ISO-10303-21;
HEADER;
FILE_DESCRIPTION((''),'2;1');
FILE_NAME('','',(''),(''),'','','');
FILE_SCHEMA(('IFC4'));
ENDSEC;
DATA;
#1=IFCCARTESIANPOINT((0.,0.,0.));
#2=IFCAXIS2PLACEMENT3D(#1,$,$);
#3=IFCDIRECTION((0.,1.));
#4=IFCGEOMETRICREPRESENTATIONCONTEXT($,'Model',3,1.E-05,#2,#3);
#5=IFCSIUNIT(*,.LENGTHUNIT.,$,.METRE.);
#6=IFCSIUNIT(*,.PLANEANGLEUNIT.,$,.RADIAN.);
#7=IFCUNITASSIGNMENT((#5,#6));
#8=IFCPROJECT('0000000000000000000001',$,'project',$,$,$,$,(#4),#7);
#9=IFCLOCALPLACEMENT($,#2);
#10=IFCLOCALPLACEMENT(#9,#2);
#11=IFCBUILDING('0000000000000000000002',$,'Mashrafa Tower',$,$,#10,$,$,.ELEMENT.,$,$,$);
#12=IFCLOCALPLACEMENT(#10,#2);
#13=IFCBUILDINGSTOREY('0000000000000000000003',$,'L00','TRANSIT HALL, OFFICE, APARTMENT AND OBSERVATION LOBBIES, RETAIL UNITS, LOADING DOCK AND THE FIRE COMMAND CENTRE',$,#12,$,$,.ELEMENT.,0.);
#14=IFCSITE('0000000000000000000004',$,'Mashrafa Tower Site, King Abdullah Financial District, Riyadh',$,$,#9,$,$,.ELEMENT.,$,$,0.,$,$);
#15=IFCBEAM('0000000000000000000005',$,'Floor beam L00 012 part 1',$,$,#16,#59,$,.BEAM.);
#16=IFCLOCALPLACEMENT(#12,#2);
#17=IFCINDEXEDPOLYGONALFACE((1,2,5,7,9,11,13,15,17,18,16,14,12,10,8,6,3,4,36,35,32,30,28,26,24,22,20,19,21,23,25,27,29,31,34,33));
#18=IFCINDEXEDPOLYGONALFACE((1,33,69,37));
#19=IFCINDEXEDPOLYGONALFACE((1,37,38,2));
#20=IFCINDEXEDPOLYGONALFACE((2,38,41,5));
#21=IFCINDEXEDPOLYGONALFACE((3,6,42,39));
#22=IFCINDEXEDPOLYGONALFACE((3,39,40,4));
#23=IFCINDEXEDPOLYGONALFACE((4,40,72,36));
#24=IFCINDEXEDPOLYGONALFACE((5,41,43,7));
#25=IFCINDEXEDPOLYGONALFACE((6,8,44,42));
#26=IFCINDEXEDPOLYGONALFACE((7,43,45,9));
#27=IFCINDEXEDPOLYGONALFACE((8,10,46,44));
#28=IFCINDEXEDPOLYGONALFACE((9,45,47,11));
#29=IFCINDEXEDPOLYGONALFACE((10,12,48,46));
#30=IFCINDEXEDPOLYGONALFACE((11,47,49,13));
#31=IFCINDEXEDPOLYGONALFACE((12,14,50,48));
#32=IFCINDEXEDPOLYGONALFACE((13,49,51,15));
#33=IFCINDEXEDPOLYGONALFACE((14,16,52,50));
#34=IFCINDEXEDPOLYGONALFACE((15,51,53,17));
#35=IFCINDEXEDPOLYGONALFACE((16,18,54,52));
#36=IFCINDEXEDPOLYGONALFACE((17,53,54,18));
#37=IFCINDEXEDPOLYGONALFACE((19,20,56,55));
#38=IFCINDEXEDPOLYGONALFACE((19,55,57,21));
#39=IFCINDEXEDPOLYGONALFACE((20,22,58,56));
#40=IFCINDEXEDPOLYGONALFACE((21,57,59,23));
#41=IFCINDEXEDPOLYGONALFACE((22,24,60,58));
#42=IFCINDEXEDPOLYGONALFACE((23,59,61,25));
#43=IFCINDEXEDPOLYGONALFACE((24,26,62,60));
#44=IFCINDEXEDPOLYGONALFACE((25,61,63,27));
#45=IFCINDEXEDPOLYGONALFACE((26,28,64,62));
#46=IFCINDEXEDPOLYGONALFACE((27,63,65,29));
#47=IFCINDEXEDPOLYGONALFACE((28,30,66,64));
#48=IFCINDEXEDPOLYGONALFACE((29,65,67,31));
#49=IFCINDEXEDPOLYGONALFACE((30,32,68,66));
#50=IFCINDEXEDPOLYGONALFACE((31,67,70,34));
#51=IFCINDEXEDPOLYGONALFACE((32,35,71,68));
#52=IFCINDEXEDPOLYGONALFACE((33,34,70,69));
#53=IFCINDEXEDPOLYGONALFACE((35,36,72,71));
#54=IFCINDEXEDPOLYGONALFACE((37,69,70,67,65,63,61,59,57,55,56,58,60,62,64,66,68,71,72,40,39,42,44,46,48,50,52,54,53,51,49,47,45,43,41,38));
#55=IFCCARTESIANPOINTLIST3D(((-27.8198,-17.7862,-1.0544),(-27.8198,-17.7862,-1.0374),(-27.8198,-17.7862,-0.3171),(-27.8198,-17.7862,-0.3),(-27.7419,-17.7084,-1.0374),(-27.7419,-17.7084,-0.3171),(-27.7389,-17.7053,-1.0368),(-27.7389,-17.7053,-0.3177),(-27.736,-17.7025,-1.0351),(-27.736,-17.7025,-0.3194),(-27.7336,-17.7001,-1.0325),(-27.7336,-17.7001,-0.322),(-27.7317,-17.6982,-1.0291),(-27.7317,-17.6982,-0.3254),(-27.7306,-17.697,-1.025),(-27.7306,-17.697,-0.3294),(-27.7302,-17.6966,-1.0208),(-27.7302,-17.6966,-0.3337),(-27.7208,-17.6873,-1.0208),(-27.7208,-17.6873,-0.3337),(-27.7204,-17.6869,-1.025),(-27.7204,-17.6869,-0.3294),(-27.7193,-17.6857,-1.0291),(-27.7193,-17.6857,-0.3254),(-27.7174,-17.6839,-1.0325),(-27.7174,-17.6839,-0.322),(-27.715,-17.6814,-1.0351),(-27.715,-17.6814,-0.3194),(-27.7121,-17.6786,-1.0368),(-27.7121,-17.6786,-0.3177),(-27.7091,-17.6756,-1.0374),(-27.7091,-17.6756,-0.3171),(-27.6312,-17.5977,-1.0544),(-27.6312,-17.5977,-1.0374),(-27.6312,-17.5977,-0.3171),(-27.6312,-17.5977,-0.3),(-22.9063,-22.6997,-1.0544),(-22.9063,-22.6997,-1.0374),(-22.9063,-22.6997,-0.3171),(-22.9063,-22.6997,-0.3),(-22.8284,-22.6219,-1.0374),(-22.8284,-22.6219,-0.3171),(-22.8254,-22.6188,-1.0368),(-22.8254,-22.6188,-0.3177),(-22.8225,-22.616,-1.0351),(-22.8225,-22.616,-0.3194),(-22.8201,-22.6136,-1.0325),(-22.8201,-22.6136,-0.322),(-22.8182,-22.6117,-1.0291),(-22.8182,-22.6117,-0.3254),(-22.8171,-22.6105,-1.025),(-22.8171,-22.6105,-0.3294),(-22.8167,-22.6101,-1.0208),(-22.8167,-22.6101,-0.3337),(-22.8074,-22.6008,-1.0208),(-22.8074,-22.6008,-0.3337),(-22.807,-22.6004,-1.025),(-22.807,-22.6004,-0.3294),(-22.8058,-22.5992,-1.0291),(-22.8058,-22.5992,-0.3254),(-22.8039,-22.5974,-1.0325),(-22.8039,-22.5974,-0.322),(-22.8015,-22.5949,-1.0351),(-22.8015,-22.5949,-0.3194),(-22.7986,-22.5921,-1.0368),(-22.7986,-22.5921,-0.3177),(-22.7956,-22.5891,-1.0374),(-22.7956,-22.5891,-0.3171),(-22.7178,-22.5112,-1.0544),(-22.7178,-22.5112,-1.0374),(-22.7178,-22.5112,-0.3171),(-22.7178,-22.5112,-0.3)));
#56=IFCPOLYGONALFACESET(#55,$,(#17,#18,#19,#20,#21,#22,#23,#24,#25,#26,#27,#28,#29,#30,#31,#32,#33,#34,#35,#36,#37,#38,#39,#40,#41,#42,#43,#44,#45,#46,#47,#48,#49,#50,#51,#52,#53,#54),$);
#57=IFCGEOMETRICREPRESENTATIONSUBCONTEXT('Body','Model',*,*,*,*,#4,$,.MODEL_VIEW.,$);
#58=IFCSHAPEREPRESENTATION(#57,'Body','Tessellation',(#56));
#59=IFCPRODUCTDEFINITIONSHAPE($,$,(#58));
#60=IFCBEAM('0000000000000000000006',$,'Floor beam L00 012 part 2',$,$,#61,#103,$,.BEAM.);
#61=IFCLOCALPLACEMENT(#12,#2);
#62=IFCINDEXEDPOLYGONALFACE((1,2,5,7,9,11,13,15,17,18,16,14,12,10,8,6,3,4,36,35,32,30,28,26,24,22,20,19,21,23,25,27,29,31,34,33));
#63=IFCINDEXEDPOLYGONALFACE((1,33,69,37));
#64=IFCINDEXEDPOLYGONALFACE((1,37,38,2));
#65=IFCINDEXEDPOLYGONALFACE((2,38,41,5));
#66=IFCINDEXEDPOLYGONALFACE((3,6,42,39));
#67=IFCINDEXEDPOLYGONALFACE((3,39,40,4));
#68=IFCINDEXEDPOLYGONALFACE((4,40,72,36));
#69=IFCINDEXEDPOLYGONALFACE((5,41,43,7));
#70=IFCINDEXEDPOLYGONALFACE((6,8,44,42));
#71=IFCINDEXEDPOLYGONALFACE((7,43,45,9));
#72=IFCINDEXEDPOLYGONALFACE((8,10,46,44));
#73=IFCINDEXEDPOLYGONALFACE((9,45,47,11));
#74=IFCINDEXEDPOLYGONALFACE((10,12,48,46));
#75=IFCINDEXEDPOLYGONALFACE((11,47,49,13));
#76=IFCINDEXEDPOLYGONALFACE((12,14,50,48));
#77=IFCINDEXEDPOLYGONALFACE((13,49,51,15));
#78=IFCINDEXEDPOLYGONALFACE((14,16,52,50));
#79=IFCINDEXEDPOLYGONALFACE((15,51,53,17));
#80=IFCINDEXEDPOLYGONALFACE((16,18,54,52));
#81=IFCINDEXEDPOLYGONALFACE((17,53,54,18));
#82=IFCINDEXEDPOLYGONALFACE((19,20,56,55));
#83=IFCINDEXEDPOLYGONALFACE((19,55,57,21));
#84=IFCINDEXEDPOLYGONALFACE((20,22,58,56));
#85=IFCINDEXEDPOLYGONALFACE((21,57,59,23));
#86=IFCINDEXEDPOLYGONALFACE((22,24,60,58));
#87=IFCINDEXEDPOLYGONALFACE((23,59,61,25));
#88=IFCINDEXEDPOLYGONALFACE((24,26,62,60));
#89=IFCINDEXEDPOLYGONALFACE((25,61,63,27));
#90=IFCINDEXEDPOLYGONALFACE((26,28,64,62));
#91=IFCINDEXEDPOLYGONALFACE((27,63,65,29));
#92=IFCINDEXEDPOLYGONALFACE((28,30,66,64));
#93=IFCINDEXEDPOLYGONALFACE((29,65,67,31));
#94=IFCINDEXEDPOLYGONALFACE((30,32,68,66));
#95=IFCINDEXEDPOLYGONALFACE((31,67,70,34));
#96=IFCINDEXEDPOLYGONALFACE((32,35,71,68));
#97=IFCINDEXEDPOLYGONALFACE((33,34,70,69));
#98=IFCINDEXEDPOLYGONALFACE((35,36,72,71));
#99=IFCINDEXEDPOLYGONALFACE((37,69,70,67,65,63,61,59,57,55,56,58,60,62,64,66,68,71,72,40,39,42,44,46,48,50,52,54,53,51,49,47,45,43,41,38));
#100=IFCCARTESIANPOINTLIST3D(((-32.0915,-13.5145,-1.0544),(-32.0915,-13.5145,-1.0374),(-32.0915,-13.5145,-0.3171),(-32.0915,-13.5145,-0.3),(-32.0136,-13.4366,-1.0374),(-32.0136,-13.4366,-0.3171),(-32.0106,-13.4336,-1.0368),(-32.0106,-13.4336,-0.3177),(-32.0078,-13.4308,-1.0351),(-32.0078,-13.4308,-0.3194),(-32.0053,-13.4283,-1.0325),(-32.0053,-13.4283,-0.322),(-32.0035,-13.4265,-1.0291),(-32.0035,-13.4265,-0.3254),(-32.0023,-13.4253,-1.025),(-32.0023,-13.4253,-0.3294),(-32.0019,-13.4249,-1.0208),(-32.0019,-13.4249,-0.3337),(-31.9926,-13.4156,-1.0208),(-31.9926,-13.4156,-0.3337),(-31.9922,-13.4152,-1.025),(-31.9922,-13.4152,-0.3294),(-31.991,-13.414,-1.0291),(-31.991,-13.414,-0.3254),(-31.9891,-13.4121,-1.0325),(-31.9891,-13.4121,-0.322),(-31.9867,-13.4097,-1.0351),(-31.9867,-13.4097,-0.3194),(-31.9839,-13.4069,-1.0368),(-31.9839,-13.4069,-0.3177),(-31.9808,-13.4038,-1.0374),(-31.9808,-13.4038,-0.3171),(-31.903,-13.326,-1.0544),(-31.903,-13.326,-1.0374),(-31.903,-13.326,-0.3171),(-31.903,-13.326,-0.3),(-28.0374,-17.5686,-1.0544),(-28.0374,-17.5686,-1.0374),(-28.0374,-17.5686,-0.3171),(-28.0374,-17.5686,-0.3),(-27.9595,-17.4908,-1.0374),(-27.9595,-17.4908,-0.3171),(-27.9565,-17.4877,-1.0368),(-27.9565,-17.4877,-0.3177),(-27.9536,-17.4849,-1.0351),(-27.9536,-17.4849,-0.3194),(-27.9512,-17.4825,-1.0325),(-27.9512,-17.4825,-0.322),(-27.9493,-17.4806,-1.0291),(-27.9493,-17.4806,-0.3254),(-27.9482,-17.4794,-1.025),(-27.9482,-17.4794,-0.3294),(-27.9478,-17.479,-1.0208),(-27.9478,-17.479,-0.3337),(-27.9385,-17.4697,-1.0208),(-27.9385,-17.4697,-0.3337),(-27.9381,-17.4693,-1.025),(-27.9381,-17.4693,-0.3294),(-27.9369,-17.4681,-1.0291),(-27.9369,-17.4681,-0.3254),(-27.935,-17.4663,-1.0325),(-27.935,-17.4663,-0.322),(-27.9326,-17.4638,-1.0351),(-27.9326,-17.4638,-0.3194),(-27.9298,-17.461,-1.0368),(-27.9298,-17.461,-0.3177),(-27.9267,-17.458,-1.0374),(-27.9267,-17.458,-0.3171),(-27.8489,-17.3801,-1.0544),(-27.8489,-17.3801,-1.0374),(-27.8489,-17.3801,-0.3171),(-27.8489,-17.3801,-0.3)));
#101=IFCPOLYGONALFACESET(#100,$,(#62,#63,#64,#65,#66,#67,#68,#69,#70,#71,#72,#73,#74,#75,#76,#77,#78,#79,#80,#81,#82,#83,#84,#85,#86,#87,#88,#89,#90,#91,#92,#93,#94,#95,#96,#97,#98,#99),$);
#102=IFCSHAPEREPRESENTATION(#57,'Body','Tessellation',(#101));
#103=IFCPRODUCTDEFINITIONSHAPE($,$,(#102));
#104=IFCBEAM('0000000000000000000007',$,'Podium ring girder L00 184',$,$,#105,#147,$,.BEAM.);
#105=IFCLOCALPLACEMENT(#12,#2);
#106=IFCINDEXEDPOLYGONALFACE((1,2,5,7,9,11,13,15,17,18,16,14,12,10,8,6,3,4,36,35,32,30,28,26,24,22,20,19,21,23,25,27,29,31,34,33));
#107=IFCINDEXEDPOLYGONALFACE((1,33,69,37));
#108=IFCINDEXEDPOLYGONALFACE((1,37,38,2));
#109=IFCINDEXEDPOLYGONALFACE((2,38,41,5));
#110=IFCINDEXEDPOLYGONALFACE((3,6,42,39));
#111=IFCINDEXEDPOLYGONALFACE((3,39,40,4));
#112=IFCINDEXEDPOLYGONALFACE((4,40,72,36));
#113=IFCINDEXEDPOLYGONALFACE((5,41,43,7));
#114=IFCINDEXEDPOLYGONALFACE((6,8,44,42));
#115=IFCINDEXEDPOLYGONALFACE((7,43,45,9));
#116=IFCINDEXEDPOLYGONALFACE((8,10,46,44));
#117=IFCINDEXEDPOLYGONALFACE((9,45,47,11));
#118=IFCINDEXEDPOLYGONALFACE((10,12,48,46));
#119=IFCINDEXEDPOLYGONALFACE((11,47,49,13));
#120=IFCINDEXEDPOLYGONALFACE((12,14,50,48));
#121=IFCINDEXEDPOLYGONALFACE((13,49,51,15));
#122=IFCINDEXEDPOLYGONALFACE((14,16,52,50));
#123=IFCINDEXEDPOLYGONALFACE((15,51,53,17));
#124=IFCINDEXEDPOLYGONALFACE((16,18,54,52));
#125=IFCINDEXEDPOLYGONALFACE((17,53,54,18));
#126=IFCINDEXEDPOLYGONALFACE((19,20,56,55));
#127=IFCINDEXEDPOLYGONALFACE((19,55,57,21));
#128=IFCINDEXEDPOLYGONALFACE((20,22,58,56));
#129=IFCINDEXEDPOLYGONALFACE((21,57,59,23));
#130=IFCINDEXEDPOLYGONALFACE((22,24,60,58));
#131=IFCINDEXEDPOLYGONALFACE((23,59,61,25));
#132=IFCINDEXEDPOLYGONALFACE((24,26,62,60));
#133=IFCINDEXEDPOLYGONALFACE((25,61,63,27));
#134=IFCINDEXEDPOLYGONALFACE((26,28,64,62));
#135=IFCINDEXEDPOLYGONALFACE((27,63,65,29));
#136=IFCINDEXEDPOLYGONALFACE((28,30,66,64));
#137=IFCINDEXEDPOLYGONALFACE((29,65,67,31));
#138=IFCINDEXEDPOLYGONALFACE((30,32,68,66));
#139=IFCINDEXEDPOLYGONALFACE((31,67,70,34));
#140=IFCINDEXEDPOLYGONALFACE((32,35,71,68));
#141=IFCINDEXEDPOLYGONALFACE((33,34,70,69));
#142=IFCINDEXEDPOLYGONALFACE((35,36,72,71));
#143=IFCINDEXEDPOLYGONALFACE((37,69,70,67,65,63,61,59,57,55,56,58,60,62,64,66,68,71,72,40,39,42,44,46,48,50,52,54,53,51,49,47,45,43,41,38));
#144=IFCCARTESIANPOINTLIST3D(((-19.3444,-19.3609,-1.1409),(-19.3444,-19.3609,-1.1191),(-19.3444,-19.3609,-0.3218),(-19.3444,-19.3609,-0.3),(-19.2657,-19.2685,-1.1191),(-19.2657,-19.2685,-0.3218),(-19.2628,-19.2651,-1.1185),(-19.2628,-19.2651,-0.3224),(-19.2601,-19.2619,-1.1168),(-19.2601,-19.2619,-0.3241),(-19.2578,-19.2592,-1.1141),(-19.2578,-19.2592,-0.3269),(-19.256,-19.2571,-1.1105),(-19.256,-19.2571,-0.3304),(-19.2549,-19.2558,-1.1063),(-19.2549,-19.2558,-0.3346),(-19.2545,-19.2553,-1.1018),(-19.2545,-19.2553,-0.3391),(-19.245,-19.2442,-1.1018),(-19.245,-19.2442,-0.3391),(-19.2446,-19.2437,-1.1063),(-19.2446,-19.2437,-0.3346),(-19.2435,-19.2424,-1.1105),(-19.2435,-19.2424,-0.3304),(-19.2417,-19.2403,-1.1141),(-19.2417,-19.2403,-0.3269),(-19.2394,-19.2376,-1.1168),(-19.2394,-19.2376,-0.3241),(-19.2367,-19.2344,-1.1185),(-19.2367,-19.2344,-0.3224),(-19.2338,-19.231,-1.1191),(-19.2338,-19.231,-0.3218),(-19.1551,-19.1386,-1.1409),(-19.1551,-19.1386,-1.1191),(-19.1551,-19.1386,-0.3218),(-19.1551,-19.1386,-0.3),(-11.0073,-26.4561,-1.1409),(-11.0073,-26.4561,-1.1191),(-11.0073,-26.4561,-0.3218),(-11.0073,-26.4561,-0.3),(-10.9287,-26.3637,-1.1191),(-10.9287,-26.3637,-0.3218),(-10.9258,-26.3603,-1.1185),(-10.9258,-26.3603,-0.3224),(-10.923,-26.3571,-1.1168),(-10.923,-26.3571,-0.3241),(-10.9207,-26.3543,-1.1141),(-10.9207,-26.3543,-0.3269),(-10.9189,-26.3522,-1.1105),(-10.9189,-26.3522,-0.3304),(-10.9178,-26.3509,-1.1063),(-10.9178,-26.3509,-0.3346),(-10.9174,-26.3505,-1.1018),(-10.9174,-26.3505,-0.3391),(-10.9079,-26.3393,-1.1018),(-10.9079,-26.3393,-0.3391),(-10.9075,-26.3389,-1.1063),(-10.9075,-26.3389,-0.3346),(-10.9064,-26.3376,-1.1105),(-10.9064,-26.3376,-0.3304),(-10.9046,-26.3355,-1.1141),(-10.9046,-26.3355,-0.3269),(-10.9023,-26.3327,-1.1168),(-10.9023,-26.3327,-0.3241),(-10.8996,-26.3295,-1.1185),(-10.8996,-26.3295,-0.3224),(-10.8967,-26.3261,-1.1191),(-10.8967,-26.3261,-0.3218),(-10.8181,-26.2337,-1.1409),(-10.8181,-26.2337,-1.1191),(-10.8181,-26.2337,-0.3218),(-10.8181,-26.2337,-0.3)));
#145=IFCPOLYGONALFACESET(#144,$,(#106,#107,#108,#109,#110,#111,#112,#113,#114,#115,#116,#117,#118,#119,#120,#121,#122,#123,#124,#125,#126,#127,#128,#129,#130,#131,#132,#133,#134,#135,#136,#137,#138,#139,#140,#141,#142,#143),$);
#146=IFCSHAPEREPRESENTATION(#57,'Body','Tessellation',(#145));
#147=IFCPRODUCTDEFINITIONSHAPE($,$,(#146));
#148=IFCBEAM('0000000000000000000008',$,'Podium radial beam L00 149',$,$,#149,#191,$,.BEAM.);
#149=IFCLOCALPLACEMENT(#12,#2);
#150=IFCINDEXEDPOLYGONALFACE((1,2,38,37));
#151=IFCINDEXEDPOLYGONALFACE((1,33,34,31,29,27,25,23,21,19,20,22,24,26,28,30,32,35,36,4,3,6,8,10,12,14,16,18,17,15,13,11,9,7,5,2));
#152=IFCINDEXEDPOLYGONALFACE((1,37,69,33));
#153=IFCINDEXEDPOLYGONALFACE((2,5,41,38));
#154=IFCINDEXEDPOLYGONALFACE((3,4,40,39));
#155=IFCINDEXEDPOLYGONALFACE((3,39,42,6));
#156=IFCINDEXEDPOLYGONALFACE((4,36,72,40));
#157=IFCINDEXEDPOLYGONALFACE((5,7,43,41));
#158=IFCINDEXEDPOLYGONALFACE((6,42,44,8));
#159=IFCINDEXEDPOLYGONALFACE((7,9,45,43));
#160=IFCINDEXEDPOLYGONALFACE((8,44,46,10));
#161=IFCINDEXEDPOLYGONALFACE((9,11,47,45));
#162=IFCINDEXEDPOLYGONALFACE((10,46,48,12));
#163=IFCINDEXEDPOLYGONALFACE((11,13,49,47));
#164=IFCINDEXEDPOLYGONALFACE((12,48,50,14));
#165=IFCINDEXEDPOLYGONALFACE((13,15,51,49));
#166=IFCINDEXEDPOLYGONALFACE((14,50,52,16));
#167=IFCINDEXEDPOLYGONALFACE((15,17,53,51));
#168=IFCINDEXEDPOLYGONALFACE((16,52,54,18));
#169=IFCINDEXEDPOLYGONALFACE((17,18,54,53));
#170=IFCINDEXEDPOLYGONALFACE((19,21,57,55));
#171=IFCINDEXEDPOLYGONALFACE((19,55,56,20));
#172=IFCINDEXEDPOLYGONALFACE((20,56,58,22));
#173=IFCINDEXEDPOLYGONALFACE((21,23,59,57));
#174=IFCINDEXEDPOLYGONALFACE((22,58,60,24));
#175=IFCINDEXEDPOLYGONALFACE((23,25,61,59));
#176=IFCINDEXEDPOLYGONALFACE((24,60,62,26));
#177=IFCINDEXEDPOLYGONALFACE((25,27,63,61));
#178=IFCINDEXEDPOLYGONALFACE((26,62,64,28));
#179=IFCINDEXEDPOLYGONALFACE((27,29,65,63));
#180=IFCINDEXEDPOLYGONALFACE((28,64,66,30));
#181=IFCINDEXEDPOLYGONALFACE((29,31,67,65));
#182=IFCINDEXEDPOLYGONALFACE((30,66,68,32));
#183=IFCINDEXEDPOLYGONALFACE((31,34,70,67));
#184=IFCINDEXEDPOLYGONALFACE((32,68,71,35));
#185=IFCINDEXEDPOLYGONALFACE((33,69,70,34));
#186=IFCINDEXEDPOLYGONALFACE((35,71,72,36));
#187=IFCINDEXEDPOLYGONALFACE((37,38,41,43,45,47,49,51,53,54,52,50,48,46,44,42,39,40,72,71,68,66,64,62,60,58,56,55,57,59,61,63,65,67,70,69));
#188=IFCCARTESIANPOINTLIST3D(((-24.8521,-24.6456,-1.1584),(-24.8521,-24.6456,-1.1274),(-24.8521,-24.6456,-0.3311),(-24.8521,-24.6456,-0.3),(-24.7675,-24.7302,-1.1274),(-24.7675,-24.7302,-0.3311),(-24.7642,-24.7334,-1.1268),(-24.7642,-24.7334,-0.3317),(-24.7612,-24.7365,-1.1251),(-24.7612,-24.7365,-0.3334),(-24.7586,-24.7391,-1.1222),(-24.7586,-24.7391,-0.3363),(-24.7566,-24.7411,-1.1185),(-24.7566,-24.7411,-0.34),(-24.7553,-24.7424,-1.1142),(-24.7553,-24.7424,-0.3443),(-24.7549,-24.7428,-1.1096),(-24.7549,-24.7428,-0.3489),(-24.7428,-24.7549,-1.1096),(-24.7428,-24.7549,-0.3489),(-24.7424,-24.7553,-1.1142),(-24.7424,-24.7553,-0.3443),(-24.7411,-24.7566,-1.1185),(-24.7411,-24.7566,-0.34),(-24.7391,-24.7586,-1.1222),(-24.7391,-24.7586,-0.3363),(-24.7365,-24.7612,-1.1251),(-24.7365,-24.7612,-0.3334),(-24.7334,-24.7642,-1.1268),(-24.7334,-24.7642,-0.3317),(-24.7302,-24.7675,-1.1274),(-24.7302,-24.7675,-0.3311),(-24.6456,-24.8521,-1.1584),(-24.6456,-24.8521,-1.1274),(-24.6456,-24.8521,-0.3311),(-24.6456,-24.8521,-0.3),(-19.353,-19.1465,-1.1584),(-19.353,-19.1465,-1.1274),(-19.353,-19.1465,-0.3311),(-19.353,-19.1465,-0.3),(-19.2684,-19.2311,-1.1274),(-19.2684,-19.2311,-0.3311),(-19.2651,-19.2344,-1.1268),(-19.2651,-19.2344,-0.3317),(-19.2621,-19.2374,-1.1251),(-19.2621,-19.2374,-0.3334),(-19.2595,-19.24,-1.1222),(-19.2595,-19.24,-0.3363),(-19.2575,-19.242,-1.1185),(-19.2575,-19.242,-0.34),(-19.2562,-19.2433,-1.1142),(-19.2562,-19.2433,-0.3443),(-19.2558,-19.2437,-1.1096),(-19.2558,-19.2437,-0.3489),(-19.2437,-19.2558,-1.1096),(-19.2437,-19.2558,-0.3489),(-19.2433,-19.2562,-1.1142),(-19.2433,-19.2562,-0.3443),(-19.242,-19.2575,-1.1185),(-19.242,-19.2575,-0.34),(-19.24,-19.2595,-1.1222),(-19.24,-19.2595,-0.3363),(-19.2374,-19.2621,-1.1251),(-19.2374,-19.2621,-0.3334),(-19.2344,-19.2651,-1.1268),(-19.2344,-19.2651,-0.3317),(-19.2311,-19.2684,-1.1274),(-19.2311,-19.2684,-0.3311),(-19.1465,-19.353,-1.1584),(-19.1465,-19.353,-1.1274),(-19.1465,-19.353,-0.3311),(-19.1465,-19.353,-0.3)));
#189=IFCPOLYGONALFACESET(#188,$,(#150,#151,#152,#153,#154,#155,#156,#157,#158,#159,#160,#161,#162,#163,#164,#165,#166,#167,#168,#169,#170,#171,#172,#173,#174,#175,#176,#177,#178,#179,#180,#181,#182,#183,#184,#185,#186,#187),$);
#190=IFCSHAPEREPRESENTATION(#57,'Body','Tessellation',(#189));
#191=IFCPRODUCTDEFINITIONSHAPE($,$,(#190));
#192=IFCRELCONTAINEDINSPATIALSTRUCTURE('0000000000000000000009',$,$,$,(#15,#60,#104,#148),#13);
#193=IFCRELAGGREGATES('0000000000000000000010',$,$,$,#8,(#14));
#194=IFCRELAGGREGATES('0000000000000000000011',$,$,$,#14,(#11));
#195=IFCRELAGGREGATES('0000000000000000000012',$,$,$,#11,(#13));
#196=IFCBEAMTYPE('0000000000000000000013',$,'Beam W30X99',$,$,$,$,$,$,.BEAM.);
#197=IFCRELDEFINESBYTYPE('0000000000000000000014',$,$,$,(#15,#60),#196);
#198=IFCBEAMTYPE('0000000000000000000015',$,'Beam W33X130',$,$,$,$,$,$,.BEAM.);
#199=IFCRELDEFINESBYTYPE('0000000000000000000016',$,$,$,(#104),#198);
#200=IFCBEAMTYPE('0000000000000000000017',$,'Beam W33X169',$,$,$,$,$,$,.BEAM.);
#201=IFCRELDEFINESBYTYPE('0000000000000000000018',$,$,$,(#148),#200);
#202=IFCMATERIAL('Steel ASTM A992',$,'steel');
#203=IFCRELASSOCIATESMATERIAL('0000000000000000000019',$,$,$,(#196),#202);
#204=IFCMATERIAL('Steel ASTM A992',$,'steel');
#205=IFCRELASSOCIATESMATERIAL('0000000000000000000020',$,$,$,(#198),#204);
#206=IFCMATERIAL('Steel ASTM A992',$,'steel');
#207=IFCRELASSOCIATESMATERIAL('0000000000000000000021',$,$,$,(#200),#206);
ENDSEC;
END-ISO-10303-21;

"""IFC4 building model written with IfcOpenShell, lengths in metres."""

from ifc_helpers import new_model, si_unit, direction, frame, origin, origin_2d, place, context, subcontext, project, spatial, i_section, extrude, material, material_profile, profile_set, type_object, element, save


model = new_model("IFC4")

# Units and contexts
model_context = context("Model", 3, precision=1e-05, world=origin(), true_north=direction((0.0, 1.0)))
body_context = subcontext(model_context, "Body", "Model", "MODEL_VIEW")
ifc_project = project(units=[si_unit("LENGTHUNIT", "METRE"), si_unit("PLANEANGLEUNIT", "RADIAN")], contexts=[model_context])

# Site, building, storey
site_placement = place(None, origin())
site = spatial("IfcSite", under=ifc_project, at=site_placement, Name="Mashrafa Tower Site, King Abdullah Financial District, Riyadh", CompositionType="ELEMENT", RefElevation=0.0)
building_placement = place(site_placement, origin())
building = spatial("IfcBuilding", under=site, at=building_placement, Name="Mashrafa Tower", CompositionType="ELEMENT")
storey_placement = place(building_placement, origin())
storey = spatial("IfcBuildingStorey", under=building, at=storey_placement, Name="L00", Description="TRANSIT HALL, OFFICE, APARTMENT AND OBSERVATION LOBBIES, RETAIL UNITS, LOADING DOCK AND THE FIRE COMMAND CENTRE", CompositionType="ELEMENT", Elevation=0.0)

# Beams
ifc_material_1 = material(Name="Steel ASTM A992", Category="steel")
ifc_material_profile_1 = material_profile(ifc_material_1, i_section(OverallWidth=0.2666, OverallDepth=0.7544, WebThickness=0.0132, FlangeThickness=0.0171, FilletRadius=0.0166, at=origin_2d()), Name="W30X99")
ifc_profile_set_1 = profile_set([ifc_material_profile_1], Name="Steel ASTM A992")
beam_type_1 = type_object("IfcBeamType", Name="Beam W30X99", PredefinedType="BEAM", material=ifc_profile_set_1)
beam_1_placement = place(storey_placement, frame((-22.812, -22.6055, -0.6772), z_axis=(-0.707107, 0.707107, 0.0), x_axis=(-0.707107, -0.707107, 0.0)))
element("IfcBeam", 1, at=beam_1_placement, inside=storey, type_object=beam_type_1, Name="Floor beam L00 012 part 1", PredefinedType="BEAM", context=body_context, shape_type="SweptSolid", body=[
    extrude(i_section(OverallWidth=0.2666, OverallDepth=0.7544, WebThickness=0.0132, FlangeThickness=0.0171, FilletRadius=0.0166, at=origin_2d()), origin(), (0.0, 0.0, 1.0), 6.9487),
])
beam_2_placement = place(storey_placement, frame((-27.9431, -17.4744, -0.6772), z_axis=(-0.707107, 0.707107, 0.0), x_axis=(-0.707107, -0.707107, 0.0)))
element("IfcBeam", 2, at=beam_2_placement, inside=storey, type_object=beam_type_1, Name="Floor beam L00 012 part 2", PredefinedType="BEAM", context=body_context, shape_type="SweptSolid", body=[
    extrude(i_section(OverallWidth=0.2666, OverallDepth=0.7544, WebThickness=0.0132, FlangeThickness=0.0171, FilletRadius=0.0166, at=origin_2d()), origin(), (0.0, 0.0, 1.0), 5.7334),
])
ifc_material_2 = material(Name="Steel ASTM A992", Category="steel")
ifc_material_profile_2 = material_profile(ifc_material_2, i_section(OverallWidth=0.292, OverallDepth=0.8408, WebThickness=0.0146, FlangeThickness=0.0217, FilletRadius=0.0173, at=origin_2d()), Name="W33X130")
ifc_profile_set_2 = profile_set([ifc_material_profile_2], Name="Steel ASTM A992")
beam_type_2 = type_object("IfcBeamType", Name="Beam W33X130", PredefinedType="BEAM", material=ifc_profile_set_2)
beam_3_placement = place(storey_placement, frame((-19.2498, -19.2498, -0.7205), z_axis=(0.76155, -0.648106, 0.0), x_axis=(0.648106, 0.76155, 0.0)))
element("IfcBeam", 3, at=beam_3_placement, inside=storey, type_object=beam_type_2, Name="Podium ring girder L00 184", PredefinedType="BEAM", context=body_context, shape_type="SweptSolid", body=[
    extrude(i_section(OverallWidth=0.292, OverallDepth=0.8408, WebThickness=0.0146, FlangeThickness=0.0217, FilletRadius=0.0173, at=origin_2d()), origin(), (0.0, 0.0, 1.0), 10.9475),
])
ifc_material_3 = material(Name="Steel ASTM A992", Category="steel")
ifc_material_profile_3 = material_profile(ifc_material_3, i_section(OverallWidth=0.292, OverallDepth=0.8584, WebThickness=0.0171, FlangeThickness=0.031, FilletRadius=0.0178, at=origin_2d()), Name="W33X169")
ifc_profile_set_3 = profile_set([ifc_material_profile_3], Name="Steel ASTM A992")
beam_type_3 = type_object("IfcBeamType", Name="Beam W33X169", PredefinedType="BEAM", material=ifc_profile_set_3)
beam_4_placement = place(storey_placement, frame((-19.2498, -19.2498, -0.7292), z_axis=(-0.707107, -0.707107, 0.0), x_axis=(0.707107, -0.707107, 0.0)))
element("IfcBeam", 4, at=beam_4_placement, inside=storey, type_object=beam_type_3, Name="Podium radial beam L00 149", PredefinedType="BEAM", context=body_context, shape_type="SweptSolid", body=[
    extrude(i_section(OverallWidth=0.292, OverallDepth=0.8584, WebThickness=0.0171, FlangeThickness=0.031, FilletRadius=0.0178, at=origin_2d()), origin(), (0.0, 0.0, 1.0), 7.7769),
])

save(model, "model.ifc")
